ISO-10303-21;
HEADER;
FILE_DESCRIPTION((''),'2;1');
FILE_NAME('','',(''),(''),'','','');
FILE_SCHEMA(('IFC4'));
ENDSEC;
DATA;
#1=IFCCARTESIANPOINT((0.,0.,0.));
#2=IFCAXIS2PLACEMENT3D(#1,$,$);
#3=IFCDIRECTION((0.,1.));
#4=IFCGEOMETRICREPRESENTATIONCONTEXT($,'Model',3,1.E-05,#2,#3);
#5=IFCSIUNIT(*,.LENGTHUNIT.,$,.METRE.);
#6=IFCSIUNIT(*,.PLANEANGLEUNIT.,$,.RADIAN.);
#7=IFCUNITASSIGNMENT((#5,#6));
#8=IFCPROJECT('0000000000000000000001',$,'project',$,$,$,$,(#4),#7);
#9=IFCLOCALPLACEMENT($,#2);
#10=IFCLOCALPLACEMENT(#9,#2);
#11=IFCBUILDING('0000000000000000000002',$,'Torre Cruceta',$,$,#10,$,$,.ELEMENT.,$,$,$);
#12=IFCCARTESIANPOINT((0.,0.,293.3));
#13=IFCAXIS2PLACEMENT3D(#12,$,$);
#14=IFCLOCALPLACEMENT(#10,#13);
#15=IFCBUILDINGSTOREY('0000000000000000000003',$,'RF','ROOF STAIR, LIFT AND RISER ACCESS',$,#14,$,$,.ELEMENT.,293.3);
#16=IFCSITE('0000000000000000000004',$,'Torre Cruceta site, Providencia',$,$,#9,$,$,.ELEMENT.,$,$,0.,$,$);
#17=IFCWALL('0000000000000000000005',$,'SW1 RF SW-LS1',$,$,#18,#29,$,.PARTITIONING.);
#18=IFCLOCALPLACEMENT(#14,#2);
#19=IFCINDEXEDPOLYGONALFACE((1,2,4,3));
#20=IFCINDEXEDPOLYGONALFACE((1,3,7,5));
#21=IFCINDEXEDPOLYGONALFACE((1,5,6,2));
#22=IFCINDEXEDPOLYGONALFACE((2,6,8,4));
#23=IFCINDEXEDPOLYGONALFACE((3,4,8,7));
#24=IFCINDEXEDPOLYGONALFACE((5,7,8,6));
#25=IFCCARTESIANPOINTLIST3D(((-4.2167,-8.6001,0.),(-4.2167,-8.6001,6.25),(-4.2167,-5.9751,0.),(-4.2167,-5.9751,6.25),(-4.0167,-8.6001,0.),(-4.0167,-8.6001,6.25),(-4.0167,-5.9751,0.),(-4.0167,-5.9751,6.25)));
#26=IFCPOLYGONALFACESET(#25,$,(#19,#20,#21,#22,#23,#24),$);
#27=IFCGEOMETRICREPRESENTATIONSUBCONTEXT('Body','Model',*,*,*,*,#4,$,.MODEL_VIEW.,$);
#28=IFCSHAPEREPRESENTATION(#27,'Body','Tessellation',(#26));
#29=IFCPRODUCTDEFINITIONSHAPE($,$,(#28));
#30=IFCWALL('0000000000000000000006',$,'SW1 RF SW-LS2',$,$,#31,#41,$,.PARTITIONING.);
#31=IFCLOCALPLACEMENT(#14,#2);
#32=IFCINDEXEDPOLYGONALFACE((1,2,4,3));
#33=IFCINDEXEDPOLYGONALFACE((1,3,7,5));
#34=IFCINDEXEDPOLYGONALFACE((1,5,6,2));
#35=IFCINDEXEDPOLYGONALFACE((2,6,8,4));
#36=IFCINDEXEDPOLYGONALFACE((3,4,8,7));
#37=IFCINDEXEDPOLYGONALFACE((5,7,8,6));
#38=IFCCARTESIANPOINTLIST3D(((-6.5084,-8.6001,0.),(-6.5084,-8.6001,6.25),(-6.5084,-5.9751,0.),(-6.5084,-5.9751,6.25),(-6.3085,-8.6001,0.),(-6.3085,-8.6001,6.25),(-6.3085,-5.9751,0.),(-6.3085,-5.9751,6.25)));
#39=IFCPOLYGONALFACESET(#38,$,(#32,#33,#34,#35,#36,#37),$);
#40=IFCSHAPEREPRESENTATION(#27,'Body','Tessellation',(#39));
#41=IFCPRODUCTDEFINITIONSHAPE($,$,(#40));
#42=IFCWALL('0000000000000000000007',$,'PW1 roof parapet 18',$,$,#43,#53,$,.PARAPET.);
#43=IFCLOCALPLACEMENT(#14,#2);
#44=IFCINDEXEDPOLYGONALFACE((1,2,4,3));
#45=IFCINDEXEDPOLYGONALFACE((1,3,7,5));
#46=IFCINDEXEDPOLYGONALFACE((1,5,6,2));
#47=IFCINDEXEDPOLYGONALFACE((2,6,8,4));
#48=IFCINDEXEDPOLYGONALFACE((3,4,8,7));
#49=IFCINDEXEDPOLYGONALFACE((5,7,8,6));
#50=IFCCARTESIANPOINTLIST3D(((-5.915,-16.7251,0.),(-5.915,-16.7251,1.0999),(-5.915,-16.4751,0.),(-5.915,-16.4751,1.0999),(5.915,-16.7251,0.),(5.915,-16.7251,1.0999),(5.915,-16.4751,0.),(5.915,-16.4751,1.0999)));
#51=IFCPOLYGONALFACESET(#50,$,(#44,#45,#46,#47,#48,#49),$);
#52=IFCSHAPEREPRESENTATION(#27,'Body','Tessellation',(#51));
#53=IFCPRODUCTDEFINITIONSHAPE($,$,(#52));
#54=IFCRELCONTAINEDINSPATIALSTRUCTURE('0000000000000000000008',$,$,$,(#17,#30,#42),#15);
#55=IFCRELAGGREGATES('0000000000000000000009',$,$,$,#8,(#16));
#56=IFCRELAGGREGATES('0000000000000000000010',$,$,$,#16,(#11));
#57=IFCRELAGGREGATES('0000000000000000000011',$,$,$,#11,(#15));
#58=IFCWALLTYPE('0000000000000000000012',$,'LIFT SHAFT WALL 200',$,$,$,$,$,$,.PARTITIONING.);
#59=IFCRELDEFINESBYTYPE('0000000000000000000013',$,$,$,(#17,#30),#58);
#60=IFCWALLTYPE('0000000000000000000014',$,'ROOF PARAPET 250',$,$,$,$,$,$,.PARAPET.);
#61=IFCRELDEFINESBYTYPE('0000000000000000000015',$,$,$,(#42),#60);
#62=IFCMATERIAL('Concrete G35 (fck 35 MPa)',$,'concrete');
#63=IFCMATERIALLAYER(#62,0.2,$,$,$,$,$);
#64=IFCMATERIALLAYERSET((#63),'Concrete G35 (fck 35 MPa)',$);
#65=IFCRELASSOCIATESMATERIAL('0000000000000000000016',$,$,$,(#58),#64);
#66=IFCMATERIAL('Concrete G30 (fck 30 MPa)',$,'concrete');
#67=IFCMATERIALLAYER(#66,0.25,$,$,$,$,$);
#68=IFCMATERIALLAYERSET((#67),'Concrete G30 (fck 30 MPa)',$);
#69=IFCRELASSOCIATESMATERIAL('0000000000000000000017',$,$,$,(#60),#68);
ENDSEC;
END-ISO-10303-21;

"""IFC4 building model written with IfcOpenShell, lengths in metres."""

from ifc_helpers import new_model, si_unit, direction, frame, frame_2d, origin, place, context, subcontext, project, spatial, rectangle, extrude, material, layer, layer_set, type_object, element, save


model = new_model("IFC4")

# Units and contexts
model_context = context("Model", 3, precision=1e-05, world=origin(), true_north=direction((0.0, 1.0)))
body_context = subcontext(model_context, "Body", "Model", "MODEL_VIEW")
ifc_project = project(units=[si_unit("LENGTHUNIT", "METRE"), si_unit("PLANEANGLEUNIT", "RADIAN")], contexts=[model_context])

# Site, building, storey
site_placement = place(None, origin())
site = spatial("IfcSite", under=ifc_project, at=site_placement, Name="Torre Cruceta site, Providencia", CompositionType="ELEMENT", RefElevation=0.0)
building_placement = place(site_placement, origin())
building = spatial("IfcBuilding", under=site, at=building_placement, Name="Torre Cruceta", CompositionType="ELEMENT")
storey_placement = place(building_placement, frame((0.0, 0.0, 293.3)))
storey = spatial("IfcBuildingStorey", under=building, at=storey_placement, Name="RF", Description="ROOF STAIR, LIFT AND RISER ACCESS", CompositionType="ELEMENT", Elevation=293.3)

# Walls
ifc_material_1 = material(Name="Concrete G35 (fck 35 MPa)", Category="concrete")
ifc_layer_1 = layer(ifc_material_1, 0.2)
ifc_layer_set_1 = layer_set([ifc_layer_1], Name="Concrete G35 (fck 35 MPa)")
wall_type_1 = type_object("IfcWallType", Name="LIFT SHAFT WALL 200", PredefinedType="PARTITIONING", material=ifc_layer_set_1)
for number, where, z_axis, x_axis, name in (
    (1, (-4.1167, -5.9751, 0.0), (0.0, 0.0, 1.0), (0.0, -1.0, 0.0), "SW1 RF SW-LS1"),
    (2, (-6.4084, -5.9751, 0.0), (0.0, 0.0, 1.0), (0.0, -1.0, 0.0), "SW1 RF SW-LS2"),
):
    element("IfcWall", number, at=place(storey_placement, frame(where, z_axis=z_axis, x_axis=x_axis)), inside=storey, type_object=wall_type_1, Name=name, PredefinedType="PARTITIONING", context=body_context, shape_type="SweptSolid", body=[
        extrude(rectangle(XDim=2.625, YDim=0.2, at=frame_2d((1.3125, 0.0))), origin(), (0.0, 0.0, 1.0), 6.25),
    ])
ifc_material_2 = material(Name="Concrete G30 (fck 30 MPa)", Category="concrete")
ifc_layer_2 = layer(ifc_material_2, 0.25)
ifc_layer_set_2 = layer_set([ifc_layer_2], Name="Concrete G30 (fck 30 MPa)")
wall_type_2 = type_object("IfcWallType", Name="ROOF PARAPET 250", PredefinedType="PARAPET", material=ifc_layer_set_2)
wall_1_placement = place(storey_placement, frame((-5.915, -16.6001, 0.0), z_axis=(0.0, 0.0, 1.0), x_axis=(1.0, 0.0, 0.0)))
element("IfcWall", 3, at=wall_1_placement, inside=storey, type_object=wall_type_2, Name="PW1 roof parapet 18", PredefinedType="PARAPET", context=body_context, shape_type="SweptSolid", body=[
    extrude(rectangle(XDim=11.8301, YDim=0.25, at=frame_2d((5.915, 0.0))), origin(), (0.0, 0.0, 1.0), 1.0999),
])

save(model, "model.ifc")
